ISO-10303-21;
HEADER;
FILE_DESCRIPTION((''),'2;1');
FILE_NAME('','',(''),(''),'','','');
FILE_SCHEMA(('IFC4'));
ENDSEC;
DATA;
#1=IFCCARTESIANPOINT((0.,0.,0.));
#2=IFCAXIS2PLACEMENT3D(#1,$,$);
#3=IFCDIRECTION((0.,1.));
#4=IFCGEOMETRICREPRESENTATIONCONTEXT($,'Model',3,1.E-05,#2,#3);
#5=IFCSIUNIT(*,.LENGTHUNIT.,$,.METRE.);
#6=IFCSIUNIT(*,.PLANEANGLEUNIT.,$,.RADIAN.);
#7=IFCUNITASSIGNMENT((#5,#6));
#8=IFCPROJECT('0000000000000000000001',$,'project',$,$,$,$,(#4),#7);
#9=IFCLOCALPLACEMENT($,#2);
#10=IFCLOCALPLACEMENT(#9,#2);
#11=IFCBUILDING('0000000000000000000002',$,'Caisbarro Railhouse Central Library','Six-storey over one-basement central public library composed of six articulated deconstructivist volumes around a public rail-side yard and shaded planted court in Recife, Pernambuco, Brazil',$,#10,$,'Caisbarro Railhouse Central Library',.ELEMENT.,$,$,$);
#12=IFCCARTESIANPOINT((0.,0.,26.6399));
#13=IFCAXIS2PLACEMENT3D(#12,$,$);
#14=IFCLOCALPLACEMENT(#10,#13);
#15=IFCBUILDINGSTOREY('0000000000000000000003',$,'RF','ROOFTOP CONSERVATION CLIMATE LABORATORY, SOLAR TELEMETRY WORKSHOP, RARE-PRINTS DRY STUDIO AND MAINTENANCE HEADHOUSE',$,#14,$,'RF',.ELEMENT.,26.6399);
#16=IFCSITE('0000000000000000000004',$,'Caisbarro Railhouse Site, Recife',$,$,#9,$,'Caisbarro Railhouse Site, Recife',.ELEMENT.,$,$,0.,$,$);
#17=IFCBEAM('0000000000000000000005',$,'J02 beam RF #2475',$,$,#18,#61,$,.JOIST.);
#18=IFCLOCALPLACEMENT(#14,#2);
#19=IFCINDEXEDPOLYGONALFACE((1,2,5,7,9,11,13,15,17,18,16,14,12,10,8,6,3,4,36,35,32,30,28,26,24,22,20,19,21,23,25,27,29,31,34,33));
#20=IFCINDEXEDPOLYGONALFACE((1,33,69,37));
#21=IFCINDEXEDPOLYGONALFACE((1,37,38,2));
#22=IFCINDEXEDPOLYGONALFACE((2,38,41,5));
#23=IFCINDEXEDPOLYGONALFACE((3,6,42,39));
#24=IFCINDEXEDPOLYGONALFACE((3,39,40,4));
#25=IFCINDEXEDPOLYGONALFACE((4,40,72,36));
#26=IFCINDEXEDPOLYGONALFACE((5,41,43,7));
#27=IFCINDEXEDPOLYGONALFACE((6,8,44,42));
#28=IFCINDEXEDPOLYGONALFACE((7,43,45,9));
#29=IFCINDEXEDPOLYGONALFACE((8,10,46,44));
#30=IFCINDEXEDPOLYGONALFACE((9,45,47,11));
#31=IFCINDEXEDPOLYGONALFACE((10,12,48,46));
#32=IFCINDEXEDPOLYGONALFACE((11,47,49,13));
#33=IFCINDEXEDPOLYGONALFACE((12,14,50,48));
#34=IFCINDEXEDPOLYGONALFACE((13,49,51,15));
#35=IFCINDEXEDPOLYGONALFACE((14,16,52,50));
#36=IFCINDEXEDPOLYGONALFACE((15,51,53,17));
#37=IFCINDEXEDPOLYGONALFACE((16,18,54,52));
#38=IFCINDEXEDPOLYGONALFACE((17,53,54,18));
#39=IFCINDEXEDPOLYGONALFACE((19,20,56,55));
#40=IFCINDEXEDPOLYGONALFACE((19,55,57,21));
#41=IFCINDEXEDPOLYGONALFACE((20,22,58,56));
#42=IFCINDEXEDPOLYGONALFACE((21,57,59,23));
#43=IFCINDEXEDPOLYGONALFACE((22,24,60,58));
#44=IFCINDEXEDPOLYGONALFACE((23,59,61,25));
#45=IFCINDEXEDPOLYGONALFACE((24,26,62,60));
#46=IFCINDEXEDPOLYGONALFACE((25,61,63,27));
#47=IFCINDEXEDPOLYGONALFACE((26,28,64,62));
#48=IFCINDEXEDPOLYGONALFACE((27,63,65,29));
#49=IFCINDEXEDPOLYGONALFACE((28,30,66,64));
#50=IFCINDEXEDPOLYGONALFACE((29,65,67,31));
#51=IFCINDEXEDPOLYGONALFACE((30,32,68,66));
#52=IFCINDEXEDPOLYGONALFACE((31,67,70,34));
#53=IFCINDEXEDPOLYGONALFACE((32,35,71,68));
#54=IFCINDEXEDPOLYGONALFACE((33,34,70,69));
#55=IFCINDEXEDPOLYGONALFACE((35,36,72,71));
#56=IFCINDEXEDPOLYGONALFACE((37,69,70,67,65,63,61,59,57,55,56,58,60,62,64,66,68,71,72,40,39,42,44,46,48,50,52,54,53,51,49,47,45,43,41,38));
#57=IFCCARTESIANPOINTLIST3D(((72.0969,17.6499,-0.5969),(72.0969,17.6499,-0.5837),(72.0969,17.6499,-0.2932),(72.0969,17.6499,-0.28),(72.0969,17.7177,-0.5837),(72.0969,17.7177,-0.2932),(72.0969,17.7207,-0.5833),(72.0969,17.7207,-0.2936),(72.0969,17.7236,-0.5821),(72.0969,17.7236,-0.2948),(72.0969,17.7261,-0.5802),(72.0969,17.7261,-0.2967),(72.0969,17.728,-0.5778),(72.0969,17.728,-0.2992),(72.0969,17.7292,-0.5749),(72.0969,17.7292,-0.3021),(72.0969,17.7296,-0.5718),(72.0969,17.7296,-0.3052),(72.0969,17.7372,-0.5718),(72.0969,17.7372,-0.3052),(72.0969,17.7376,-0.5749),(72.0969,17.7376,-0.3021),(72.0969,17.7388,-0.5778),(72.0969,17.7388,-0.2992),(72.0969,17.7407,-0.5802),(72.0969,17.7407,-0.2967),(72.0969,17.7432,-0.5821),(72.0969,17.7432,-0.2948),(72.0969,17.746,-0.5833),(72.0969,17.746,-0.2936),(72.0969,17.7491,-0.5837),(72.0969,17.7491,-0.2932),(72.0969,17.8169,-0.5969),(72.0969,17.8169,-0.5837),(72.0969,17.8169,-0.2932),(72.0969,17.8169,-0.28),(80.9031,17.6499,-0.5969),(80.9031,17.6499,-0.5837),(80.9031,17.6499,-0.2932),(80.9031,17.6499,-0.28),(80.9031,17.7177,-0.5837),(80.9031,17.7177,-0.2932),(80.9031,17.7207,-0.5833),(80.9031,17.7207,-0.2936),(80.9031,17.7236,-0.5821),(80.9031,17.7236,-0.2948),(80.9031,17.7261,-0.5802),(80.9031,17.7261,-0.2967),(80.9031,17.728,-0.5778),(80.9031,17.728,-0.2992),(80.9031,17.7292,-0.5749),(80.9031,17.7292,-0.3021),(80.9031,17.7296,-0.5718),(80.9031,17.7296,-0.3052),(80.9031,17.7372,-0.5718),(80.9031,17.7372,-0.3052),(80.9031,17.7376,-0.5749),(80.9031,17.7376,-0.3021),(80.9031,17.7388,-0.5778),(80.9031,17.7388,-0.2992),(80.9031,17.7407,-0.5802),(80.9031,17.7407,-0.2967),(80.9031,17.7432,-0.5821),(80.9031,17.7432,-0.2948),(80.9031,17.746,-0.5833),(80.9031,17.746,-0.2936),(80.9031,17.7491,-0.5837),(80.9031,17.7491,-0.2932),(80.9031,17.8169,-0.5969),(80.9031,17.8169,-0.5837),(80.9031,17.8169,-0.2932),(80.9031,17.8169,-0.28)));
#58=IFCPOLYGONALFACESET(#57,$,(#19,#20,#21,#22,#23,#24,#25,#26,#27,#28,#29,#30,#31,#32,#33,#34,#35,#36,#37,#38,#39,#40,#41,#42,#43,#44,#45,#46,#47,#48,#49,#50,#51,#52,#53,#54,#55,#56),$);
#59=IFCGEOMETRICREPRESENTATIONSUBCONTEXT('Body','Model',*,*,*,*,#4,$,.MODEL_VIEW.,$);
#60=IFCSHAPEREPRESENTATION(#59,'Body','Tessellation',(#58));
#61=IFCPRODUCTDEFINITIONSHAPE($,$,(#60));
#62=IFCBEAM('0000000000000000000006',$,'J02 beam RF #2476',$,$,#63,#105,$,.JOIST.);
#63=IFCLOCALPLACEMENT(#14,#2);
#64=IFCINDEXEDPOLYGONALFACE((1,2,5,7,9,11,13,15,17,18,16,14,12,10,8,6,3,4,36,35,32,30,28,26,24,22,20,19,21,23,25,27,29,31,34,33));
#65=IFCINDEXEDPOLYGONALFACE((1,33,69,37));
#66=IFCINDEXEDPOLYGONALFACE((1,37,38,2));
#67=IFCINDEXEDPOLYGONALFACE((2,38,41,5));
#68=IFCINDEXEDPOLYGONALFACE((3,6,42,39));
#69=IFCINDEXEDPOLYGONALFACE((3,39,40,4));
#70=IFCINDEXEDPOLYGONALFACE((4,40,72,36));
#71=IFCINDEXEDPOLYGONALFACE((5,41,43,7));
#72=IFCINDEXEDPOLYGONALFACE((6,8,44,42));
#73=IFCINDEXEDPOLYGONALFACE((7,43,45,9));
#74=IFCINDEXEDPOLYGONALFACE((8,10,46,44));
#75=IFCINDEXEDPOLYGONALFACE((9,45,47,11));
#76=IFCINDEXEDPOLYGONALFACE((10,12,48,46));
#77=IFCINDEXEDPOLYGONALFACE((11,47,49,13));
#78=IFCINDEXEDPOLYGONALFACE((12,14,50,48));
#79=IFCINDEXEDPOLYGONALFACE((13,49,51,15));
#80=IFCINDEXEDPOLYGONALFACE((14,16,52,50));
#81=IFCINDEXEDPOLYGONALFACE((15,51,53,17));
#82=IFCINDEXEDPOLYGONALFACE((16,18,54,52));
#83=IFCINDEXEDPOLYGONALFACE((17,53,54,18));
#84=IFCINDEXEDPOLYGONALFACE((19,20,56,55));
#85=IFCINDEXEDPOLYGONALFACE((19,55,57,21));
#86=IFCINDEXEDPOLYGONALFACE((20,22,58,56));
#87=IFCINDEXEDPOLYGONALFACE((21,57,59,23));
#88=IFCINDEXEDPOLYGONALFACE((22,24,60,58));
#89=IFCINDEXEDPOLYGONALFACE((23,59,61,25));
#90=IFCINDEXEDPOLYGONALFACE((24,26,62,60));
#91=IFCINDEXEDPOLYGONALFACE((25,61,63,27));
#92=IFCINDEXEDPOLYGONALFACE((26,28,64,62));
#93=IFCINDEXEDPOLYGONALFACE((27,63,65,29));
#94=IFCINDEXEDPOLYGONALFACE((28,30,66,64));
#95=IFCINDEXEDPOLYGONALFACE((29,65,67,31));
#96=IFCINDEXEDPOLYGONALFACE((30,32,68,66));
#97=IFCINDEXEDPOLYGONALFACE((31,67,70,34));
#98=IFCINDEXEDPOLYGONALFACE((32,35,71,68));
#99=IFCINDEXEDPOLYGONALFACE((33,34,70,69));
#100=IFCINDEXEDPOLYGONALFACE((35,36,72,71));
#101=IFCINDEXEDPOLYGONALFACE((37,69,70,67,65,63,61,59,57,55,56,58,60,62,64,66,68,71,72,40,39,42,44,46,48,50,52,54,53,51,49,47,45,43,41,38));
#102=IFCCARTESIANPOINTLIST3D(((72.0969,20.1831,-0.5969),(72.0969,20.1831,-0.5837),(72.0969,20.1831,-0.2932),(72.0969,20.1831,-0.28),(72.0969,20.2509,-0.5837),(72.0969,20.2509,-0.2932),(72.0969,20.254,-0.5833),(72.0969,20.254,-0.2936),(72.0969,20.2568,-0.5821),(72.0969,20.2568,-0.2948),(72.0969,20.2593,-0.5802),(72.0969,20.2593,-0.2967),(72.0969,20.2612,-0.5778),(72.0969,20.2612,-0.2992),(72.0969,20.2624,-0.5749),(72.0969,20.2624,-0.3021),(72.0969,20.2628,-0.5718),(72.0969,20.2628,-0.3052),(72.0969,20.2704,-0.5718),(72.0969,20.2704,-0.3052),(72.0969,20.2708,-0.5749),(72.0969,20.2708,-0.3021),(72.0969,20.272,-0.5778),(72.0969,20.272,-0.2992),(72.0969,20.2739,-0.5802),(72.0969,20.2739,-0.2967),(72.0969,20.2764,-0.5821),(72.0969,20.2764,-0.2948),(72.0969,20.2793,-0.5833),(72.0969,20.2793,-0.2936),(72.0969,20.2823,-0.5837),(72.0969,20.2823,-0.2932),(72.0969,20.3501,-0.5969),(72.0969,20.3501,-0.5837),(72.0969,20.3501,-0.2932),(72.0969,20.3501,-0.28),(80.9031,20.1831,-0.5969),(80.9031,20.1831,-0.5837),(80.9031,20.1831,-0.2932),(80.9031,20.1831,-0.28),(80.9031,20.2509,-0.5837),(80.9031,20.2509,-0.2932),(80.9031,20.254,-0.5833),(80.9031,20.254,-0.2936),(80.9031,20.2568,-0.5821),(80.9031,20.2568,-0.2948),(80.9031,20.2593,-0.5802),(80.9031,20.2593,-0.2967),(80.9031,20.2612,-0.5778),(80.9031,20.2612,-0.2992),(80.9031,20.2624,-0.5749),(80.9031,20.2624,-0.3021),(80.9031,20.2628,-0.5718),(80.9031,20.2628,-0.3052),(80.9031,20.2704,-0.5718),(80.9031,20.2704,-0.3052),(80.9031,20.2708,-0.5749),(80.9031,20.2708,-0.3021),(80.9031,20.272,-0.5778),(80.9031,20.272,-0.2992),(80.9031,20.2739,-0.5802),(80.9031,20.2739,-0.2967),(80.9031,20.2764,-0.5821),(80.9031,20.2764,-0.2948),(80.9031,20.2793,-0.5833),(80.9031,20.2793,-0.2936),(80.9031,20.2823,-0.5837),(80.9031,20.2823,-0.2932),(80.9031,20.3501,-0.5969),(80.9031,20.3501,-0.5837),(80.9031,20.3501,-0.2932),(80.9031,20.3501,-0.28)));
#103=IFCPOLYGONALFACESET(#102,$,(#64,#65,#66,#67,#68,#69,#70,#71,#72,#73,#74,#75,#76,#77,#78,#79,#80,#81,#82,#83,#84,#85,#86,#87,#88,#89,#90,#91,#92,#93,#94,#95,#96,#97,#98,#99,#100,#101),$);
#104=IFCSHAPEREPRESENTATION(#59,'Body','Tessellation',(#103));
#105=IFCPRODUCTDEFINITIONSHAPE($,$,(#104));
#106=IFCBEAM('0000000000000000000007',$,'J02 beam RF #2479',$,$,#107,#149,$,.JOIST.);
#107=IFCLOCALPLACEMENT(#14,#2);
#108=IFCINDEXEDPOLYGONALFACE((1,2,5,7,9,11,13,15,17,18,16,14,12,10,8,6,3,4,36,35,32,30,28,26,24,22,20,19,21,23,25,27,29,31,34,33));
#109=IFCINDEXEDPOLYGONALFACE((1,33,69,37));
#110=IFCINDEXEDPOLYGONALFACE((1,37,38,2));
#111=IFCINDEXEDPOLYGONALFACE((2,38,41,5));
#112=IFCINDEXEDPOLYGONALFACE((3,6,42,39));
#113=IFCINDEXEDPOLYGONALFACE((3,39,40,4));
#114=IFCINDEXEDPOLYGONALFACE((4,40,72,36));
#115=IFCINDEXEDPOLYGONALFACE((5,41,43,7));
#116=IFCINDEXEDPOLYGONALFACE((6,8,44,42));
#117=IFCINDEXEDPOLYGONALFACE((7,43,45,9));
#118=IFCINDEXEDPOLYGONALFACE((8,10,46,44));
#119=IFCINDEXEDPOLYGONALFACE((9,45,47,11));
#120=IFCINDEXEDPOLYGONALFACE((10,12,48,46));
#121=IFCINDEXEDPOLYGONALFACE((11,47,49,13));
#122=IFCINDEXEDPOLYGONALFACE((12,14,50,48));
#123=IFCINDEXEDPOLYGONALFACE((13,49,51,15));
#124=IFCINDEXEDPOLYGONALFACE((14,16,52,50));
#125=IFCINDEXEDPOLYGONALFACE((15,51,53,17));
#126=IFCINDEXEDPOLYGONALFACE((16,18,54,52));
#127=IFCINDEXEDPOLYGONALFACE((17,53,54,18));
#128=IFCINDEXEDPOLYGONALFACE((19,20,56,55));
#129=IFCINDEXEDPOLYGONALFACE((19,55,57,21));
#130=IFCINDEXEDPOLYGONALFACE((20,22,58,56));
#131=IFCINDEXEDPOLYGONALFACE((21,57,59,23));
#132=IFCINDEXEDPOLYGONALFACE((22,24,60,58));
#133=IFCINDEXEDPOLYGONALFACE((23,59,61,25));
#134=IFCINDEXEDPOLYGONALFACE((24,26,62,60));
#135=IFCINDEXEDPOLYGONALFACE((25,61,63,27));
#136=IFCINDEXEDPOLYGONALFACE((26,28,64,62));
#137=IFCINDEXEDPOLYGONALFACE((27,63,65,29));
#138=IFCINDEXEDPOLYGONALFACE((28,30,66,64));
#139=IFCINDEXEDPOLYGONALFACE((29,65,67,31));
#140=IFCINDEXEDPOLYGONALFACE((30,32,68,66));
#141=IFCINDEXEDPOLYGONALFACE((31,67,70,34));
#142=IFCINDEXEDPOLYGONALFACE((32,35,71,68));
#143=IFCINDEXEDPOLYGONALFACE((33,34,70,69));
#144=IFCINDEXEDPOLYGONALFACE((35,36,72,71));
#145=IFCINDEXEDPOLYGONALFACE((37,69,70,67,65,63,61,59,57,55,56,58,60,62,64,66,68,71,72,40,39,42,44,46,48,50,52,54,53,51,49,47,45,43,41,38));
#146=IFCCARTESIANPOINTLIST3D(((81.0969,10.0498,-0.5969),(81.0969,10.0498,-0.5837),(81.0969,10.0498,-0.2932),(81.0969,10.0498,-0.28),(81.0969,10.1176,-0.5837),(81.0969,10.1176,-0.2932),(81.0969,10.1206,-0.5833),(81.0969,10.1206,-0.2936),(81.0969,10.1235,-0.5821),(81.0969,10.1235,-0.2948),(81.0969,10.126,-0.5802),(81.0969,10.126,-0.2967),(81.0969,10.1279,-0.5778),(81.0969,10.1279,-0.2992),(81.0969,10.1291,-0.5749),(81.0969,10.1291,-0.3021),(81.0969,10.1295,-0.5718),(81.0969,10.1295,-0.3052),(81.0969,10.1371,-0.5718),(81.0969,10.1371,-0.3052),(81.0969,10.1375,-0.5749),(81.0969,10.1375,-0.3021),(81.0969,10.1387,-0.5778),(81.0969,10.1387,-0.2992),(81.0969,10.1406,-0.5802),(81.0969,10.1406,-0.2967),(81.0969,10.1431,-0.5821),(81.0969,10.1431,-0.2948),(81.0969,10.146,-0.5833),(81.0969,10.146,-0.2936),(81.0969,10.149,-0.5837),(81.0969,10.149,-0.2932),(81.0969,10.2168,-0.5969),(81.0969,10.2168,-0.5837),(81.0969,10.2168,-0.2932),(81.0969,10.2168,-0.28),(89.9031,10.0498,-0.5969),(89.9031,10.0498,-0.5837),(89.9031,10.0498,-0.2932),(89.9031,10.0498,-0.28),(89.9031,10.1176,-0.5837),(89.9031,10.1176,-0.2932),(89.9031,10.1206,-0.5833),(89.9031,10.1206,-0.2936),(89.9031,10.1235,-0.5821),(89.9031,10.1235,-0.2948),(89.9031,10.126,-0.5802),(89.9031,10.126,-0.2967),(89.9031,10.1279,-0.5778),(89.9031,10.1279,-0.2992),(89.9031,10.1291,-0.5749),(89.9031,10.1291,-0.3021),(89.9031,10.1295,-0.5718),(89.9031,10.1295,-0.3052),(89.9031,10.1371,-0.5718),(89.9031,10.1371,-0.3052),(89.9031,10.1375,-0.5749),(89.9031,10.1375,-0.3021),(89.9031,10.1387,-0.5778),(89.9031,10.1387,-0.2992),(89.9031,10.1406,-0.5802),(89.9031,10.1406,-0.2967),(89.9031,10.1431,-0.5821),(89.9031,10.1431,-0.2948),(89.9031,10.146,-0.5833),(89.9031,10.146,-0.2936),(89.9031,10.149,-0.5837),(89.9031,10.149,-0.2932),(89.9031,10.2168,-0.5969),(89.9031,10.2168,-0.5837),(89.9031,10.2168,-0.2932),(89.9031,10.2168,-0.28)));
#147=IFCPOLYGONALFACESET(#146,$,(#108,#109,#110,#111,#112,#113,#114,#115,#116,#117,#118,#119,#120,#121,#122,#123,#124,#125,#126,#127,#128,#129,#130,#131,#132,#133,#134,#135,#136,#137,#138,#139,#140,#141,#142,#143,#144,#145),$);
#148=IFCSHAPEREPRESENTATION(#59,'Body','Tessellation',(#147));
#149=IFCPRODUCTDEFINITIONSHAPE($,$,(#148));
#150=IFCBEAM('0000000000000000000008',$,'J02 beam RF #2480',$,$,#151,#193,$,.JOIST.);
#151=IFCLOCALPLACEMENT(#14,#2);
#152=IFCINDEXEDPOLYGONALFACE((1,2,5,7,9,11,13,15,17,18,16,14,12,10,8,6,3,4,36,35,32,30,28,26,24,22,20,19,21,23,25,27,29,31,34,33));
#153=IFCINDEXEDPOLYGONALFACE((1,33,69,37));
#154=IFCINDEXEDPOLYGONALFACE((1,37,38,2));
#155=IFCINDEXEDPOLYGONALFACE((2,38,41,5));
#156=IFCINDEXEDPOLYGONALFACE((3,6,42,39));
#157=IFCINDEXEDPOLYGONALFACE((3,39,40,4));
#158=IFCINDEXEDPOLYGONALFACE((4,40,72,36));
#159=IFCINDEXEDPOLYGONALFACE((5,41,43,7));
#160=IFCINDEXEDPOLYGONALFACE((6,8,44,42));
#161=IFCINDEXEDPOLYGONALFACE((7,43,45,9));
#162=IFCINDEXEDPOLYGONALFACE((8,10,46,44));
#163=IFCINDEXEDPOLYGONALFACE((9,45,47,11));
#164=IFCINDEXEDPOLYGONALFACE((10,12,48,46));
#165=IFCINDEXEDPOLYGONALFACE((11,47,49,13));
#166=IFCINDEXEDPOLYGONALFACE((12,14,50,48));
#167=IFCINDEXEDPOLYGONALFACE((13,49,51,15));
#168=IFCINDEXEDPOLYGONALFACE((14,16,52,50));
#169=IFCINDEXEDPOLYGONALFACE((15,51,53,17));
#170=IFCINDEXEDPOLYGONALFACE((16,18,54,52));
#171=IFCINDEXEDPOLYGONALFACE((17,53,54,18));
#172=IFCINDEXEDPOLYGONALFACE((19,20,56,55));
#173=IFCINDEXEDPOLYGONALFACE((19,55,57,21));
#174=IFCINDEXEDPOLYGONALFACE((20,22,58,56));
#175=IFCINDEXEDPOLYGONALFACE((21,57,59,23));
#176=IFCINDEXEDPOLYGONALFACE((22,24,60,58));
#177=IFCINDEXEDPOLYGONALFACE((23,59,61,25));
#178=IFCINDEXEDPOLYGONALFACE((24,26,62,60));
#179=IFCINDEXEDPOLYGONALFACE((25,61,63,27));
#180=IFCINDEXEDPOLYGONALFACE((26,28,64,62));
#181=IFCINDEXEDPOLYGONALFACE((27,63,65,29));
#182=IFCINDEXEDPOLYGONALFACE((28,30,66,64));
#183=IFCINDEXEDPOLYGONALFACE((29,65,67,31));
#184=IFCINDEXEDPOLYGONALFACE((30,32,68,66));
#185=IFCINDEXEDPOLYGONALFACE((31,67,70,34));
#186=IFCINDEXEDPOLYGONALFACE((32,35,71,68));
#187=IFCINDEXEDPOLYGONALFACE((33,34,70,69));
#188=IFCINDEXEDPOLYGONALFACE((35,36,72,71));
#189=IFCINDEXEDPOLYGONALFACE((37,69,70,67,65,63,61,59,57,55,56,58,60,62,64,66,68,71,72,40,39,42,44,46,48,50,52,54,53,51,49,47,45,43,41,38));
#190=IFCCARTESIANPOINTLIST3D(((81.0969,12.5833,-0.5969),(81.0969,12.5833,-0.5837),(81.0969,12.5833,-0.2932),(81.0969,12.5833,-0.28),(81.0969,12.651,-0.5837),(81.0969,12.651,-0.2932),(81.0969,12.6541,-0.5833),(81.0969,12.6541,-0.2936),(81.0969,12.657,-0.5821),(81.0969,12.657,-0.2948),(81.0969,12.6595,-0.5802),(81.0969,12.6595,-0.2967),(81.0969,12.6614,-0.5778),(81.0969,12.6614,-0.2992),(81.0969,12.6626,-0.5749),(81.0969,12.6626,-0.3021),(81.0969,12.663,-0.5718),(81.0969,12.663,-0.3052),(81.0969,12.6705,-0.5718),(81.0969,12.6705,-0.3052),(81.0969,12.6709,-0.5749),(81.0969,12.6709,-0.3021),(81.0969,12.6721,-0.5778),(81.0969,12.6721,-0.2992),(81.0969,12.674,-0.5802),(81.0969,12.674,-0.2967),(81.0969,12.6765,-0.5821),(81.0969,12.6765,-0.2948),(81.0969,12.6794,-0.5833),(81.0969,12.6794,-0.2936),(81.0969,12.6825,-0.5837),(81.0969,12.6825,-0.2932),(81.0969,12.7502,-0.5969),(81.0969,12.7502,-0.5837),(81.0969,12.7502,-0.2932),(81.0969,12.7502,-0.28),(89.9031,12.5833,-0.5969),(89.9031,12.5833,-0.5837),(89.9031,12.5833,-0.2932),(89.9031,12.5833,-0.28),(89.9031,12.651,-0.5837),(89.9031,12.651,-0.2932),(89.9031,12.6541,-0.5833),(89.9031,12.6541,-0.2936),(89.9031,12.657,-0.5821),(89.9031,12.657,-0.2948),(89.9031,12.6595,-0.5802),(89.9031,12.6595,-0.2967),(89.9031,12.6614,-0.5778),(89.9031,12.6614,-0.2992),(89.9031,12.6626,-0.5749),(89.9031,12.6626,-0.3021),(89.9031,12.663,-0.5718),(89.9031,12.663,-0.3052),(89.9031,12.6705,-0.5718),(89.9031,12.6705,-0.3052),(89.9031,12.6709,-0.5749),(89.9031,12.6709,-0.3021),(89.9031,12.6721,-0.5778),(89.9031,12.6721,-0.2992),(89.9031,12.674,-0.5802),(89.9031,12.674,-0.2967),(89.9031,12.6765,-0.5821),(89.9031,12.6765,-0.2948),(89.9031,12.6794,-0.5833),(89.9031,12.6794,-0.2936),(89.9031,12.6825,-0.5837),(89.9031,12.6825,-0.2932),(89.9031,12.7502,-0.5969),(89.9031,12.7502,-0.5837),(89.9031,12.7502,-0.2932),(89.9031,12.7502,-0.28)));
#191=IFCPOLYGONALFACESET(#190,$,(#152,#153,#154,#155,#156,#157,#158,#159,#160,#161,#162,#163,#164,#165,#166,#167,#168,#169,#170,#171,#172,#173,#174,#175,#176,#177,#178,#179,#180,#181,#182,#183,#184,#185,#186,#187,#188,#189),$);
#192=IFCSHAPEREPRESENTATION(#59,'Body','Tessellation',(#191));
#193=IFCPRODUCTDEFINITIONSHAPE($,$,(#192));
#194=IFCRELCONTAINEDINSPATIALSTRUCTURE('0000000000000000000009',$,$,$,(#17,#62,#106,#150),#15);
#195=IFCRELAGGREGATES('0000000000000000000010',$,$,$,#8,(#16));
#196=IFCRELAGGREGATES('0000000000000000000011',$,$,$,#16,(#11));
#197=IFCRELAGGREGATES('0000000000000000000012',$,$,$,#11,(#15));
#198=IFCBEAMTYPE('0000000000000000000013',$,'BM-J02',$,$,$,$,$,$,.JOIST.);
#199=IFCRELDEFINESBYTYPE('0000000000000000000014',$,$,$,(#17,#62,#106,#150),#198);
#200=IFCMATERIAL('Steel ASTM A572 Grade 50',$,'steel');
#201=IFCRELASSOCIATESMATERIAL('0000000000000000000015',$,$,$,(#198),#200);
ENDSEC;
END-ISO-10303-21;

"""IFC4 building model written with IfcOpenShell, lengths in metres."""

from ifc_helpers import new_model, si_unit, direction, frame, origin, origin_2d, place, context, subcontext, project, spatial, i_section, extrude, material, material_profile, profile_set, type_object, element, save


model = new_model("IFC4")

# Units and contexts
model_context = context("Model", 3, precision=1e-05, world=origin(), true_north=direction((0.0, 1.0)))
body_context = subcontext(model_context, "Body", "Model", "MODEL_VIEW")
ifc_project = project(units=[si_unit("LENGTHUNIT", "METRE"), si_unit("PLANEANGLEUNIT", "RADIAN")], contexts=[model_context])

# Site, building, storey
site_placement = place(None, origin())
site = spatial("IfcSite", under=ifc_project, at=site_placement, Name="Caisbarro Railhouse Site, Recife", LongName="Caisbarro Railhouse Site, Recife", CompositionType="ELEMENT", RefElevation=0.0)
building_placement = place(site_placement, origin())
building = spatial("IfcBuilding", under=site, at=building_placement, Name="Caisbarro Railhouse Central Library", Description="Six-storey over one-basement central public library composed of six articulated deconstructivist volumes around a public rail-side yard and shaded planted court in Recife, Pernambuco, Brazil", LongName="Caisbarro Railhouse Central Library", CompositionType="ELEMENT")
storey_placement = place(building_placement, frame((0.0, 0.0, 26.6399)))
storey = spatial("IfcBuildingStorey", under=building, at=storey_placement, Name="RF", Description="ROOFTOP CONSERVATION CLIMATE LABORATORY, SOLAR TELEMETRY WORKSHOP, RARE-PRINTS DRY STUDIO AND MAINTENANCE HEADHOUSE", LongName="RF", CompositionType="ELEMENT", Elevation=26.6399)

# Shared definitions
ifc_material_1 = material(Name="Steel ASTM A572 Grade 50", Category="steel")

# Beams
ifc_material_profile_1 = material_profile(ifc_material_1, i_section(OverallWidth=0.167, OverallDepth=0.3169, WebThickness=0.0076, FlangeThickness=0.0132, FilletRadius=0.012, at=origin_2d()), Name="W310X52.0")
ifc_profile_set_1 = profile_set([ifc_material_profile_1], Name="Steel ASTM A572 Grade 50")
beam_type_1 = type_object("IfcBeamType", Name="BM-J02", PredefinedType="JOIST", material=ifc_profile_set_1)
for number, where, z_axis, x_axis, name in (
    (1, (72.0969, 17.7334, -0.4385), (1.0, 0.0, 0.0), (0.0, 1.0, 0.0), "J02 beam RF #2475"),
    (2, (72.0969, 20.2666, -0.4385), (1.0, 0.0, 0.0), (0.0, 1.0, 0.0), "J02 beam RF #2476"),
    (3, (81.0969, 10.1333, -0.4385), (1.0, 0.0, 0.0), (0.0, 1.0, 0.0), "J02 beam RF #2479"),
    (4, (81.0969, 12.6667, -0.4385), (1.0, 0.0, 0.0), (0.0, 1.0, 0.0), "J02 beam RF #2480"),
):
    element("IfcBeam", number, at=place(storey_placement, frame(where, z_axis=z_axis, x_axis=x_axis)), inside=storey, type_object=beam_type_1, Name=name, PredefinedType="JOIST", context=body_context, shape_type="SweptSolid", body=[
        extrude(i_section(OverallWidth=0.167, OverallDepth=0.3169, WebThickness=0.0076, FlangeThickness=0.0132, FilletRadius=0.012, at=origin_2d()), origin(), (0.0, 0.0, 1.0), 8.8062),
    ])

save(model, "model.ifc")
